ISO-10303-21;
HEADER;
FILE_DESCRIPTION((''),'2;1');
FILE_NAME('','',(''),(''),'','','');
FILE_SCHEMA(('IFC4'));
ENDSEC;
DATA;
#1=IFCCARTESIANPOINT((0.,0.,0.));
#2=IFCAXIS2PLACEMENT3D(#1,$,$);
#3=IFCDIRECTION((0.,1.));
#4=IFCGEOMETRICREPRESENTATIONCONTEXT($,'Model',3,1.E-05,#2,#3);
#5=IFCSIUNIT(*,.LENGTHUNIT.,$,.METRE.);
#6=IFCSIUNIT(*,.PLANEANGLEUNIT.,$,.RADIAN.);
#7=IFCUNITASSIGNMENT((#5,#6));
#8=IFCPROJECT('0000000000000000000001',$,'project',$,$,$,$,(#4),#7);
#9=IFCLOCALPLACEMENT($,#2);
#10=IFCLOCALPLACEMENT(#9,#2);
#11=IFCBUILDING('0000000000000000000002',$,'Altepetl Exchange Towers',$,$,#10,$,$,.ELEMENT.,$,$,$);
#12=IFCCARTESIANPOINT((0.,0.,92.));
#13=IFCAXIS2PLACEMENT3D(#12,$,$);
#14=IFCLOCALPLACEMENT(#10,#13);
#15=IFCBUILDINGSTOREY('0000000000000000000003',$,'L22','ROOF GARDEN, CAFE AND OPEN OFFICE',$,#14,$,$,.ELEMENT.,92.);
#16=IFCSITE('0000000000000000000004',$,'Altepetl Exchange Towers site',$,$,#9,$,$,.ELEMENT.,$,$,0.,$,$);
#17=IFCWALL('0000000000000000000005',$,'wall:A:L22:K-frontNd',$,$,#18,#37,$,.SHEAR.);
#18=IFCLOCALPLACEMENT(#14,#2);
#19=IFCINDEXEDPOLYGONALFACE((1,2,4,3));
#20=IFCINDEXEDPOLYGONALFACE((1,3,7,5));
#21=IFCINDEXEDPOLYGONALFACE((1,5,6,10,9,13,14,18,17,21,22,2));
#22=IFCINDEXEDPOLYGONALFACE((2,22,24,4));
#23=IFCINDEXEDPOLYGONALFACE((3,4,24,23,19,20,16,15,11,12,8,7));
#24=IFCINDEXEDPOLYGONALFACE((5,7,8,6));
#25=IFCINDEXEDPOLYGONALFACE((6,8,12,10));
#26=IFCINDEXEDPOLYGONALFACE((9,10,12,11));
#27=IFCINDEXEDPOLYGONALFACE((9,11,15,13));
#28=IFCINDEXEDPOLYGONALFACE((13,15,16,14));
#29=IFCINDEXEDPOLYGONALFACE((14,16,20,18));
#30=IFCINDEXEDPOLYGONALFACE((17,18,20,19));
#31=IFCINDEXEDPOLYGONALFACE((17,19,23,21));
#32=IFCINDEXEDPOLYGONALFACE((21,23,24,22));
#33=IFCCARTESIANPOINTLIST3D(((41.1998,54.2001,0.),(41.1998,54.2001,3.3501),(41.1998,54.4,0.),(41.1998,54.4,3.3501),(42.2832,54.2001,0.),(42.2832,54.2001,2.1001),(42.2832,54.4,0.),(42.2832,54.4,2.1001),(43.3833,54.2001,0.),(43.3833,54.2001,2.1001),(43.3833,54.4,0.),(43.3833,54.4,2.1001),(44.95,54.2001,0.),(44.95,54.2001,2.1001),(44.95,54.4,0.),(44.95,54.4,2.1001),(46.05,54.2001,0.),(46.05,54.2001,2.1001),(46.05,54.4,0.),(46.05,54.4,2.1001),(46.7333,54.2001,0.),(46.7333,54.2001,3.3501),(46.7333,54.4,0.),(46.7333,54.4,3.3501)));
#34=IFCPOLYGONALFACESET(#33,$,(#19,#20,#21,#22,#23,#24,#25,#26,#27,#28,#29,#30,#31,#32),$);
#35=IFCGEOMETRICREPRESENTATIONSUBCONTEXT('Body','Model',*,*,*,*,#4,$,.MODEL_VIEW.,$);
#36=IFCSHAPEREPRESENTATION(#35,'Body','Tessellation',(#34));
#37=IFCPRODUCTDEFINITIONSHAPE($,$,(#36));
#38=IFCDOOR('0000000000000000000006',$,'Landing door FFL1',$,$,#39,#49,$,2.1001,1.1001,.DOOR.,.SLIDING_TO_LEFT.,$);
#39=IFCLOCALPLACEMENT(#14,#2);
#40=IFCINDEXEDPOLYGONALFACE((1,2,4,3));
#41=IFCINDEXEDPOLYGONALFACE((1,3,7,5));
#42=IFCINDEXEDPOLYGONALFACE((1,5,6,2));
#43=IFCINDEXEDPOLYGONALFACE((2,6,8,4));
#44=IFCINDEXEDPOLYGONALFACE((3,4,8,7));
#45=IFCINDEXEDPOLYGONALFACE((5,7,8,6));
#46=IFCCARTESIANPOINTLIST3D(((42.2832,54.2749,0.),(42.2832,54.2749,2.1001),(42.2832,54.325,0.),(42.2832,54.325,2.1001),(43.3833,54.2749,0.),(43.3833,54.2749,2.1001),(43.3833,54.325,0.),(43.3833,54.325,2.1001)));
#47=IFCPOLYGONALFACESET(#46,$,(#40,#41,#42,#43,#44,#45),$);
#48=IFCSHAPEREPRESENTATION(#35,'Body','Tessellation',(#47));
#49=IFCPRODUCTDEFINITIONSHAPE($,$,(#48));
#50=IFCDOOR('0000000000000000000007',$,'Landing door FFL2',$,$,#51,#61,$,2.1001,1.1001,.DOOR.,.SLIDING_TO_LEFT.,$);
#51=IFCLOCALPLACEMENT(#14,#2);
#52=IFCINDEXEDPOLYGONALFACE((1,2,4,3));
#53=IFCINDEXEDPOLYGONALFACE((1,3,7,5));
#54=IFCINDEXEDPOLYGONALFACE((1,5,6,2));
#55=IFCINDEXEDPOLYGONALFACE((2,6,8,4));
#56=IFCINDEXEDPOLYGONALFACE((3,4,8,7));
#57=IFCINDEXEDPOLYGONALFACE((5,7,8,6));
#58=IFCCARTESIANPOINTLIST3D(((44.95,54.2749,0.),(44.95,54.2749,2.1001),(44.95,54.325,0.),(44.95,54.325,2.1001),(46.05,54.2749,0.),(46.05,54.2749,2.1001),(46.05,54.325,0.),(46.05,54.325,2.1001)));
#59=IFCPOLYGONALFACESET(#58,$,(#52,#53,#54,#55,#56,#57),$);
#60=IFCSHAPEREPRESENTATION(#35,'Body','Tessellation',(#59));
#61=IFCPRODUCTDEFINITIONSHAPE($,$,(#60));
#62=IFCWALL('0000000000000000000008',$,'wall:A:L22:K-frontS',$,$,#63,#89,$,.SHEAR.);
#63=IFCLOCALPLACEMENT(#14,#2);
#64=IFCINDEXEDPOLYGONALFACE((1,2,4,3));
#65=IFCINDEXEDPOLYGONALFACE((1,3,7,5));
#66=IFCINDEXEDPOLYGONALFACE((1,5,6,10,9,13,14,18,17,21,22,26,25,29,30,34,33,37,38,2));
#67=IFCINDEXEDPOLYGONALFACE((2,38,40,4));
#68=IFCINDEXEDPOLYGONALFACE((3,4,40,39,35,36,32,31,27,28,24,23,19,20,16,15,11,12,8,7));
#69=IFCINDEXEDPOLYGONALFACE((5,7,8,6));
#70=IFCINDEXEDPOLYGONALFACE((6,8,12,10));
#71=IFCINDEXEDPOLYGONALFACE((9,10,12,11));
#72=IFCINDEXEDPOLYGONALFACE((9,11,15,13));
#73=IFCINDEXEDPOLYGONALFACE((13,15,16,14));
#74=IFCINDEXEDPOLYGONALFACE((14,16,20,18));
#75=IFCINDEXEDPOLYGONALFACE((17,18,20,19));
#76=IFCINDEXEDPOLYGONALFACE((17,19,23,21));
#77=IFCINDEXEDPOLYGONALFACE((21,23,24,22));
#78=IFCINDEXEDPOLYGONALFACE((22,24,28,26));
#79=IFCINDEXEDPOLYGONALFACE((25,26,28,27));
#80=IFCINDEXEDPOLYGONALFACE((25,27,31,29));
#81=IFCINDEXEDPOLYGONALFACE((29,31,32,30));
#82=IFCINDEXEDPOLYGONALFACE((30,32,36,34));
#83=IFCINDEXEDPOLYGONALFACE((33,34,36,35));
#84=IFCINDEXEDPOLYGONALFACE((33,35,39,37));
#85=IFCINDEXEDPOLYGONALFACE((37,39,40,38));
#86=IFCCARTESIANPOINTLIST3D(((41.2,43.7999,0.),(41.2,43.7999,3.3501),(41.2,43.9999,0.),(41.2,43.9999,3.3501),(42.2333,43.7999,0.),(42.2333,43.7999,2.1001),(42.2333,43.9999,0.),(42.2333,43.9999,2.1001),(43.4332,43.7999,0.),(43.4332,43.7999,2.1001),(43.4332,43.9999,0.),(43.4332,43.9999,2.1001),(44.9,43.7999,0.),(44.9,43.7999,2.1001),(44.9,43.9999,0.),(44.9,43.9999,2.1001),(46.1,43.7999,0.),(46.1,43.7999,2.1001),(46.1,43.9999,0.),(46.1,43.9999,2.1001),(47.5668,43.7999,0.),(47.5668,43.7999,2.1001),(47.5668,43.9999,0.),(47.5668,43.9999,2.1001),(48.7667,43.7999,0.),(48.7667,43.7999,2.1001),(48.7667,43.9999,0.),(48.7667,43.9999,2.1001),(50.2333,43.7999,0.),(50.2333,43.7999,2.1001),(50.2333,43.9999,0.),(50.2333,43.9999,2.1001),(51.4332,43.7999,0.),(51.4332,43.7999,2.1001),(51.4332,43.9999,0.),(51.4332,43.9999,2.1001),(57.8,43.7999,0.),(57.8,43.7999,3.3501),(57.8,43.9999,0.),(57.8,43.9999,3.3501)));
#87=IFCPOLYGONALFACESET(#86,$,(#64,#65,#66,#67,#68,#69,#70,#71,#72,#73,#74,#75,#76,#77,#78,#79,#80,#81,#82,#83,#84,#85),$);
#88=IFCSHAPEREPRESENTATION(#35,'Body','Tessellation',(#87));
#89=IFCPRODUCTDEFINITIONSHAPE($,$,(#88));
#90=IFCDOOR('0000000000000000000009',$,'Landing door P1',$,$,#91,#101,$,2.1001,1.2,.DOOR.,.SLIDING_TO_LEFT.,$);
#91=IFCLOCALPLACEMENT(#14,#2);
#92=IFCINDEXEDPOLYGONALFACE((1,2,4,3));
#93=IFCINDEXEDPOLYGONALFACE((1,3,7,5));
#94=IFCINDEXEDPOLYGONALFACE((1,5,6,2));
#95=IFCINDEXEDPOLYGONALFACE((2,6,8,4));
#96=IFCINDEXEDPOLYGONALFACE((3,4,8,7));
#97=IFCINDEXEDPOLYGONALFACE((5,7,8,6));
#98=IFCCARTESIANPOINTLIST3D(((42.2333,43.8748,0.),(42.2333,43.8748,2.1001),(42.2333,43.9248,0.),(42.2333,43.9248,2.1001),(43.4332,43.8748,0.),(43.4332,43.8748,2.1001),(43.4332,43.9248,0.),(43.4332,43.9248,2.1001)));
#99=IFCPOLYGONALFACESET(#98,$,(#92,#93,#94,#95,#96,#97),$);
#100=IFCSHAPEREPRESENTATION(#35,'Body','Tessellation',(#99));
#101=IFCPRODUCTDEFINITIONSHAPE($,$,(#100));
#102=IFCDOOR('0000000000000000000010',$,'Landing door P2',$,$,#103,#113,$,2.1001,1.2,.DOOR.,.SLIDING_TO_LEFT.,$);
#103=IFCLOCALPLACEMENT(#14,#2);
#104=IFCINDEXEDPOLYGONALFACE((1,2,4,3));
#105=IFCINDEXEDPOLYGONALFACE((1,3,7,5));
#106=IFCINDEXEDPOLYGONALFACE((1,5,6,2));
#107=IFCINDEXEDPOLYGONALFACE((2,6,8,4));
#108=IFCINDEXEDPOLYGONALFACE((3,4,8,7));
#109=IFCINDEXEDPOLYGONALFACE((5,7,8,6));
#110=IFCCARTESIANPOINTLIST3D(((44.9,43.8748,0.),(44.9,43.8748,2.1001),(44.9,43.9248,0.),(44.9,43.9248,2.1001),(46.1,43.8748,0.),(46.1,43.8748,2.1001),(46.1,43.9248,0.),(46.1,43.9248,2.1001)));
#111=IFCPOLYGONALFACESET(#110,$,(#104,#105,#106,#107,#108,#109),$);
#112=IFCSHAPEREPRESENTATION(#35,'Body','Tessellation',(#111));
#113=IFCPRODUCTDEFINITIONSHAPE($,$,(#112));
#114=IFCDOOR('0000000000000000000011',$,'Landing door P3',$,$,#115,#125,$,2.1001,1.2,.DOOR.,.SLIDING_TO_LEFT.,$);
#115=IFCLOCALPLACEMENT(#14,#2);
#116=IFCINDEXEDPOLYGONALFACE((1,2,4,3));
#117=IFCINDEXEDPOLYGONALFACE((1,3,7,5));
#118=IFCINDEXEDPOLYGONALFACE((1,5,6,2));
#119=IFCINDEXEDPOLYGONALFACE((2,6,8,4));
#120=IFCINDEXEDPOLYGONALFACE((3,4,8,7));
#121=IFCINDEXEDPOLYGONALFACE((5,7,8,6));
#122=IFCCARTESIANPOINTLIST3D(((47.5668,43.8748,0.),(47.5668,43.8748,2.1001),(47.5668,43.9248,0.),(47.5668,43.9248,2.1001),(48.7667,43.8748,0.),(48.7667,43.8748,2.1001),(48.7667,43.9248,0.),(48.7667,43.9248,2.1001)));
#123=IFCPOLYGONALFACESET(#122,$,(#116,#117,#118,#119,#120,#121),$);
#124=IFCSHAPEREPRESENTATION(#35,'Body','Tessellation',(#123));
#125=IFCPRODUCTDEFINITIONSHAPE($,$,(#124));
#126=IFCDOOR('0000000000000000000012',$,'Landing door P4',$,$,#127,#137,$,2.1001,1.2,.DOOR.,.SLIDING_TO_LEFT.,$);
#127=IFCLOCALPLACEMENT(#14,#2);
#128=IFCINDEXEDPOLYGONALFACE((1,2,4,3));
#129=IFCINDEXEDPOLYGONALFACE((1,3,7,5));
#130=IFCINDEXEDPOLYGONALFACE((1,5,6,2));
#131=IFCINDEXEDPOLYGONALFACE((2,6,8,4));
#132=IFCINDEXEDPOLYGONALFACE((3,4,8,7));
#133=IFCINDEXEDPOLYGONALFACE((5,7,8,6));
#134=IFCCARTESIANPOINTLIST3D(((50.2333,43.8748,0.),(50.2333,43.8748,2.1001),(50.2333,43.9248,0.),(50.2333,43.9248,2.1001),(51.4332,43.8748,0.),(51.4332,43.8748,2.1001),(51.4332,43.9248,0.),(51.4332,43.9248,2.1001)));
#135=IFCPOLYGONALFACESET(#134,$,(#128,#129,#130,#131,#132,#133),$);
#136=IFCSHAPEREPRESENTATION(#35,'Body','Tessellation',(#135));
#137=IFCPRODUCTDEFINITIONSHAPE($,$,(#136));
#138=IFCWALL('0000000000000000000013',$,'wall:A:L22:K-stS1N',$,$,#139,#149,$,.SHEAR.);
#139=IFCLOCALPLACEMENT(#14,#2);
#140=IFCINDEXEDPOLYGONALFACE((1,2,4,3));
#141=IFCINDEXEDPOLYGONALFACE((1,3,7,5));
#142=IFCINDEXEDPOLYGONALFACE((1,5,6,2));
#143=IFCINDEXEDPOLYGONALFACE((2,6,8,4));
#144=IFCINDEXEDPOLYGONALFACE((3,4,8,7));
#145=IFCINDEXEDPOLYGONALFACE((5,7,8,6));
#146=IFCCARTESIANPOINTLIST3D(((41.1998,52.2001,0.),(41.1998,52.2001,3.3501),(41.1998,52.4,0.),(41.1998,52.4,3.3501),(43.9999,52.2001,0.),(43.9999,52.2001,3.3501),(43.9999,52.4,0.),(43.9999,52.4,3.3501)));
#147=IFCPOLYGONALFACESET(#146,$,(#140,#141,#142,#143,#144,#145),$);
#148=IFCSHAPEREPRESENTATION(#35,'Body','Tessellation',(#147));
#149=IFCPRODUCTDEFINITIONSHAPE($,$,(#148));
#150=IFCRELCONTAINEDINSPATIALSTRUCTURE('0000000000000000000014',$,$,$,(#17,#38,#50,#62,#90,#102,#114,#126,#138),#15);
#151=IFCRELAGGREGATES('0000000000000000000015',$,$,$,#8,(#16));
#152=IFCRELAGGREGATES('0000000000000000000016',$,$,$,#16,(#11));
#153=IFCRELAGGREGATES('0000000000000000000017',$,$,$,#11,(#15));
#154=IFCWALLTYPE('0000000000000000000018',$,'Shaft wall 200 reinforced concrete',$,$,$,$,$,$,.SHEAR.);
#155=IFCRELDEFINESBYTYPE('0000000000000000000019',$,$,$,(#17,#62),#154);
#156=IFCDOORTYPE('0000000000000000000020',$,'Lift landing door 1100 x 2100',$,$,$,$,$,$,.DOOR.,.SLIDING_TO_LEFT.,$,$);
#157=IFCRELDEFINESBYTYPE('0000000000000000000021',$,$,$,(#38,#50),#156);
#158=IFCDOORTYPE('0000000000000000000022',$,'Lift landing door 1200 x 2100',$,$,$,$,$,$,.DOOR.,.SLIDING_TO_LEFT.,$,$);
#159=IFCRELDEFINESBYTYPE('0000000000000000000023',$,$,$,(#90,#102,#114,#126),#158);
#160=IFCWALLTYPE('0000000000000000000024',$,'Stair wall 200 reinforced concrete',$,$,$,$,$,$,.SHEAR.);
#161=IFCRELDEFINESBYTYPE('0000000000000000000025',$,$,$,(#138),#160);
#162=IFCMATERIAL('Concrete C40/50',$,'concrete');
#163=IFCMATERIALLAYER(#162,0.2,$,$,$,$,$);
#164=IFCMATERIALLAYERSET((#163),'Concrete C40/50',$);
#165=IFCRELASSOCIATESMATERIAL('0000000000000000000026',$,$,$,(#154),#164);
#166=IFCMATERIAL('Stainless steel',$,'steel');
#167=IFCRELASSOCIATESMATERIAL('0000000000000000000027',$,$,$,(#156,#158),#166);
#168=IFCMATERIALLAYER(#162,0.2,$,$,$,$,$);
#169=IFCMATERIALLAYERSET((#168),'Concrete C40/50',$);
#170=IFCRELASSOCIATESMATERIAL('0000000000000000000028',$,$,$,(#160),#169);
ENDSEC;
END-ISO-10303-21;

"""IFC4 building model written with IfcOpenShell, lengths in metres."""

from ifc_helpers import new_model, si_unit, direction, frame, frame_2d, origin, place, context, subcontext, project, spatial, rectangle, extrude, material, layer, layer_set, type_object, element, fill, save


model = new_model("IFC4")

# Units and contexts
model_context = context("Model", 3, precision=1e-05, world=origin(), true_north=direction((0.0, 1.0)))
body_context = subcontext(model_context, "Body", "Model", "MODEL_VIEW")
ifc_project = project(units=[si_unit("LENGTHUNIT", "METRE"), si_unit("PLANEANGLEUNIT", "RADIAN")], contexts=[model_context])

# Site, building, storey
site_placement = place(None, origin())
site = spatial("IfcSite", under=ifc_project, at=site_placement, Name="Altepetl Exchange Towers site", CompositionType="ELEMENT", RefElevation=0.0)
building_placement = place(site_placement, origin())
building = spatial("IfcBuilding", under=site, at=building_placement, Name="Altepetl Exchange Towers", CompositionType="ELEMENT")
storey_placement = place(building_placement, frame((0.0, 0.0, 92.0)))
storey = spatial("IfcBuildingStorey", under=building, at=storey_placement, Name="L22", Description="ROOF GARDEN, CAFE AND OPEN OFFICE", CompositionType="ELEMENT", Elevation=92.0)

# Walls, openings, doors
ifc_material_1 = material(Name="Concrete C40/50", Category="concrete")
ifc_layer_1 = layer(ifc_material_1, 0.2)
ifc_layer_set_1 = layer_set([ifc_layer_1], Name="Concrete C40/50")
wall_type_1 = type_object("IfcWallType", Name="Shaft wall 200 reinforced concrete", PredefinedType="SHEAR", material=ifc_layer_set_1)
wall_1_placement = place(storey_placement, frame((41.2, 54.3, 0.0)))
wall_1 = element("IfcWall", 1, at=wall_1_placement, inside=storey, type_object=wall_type_1, Name="wall:A:L22:K-frontNd", PredefinedType="SHEAR", context=body_context, shape_type="SweptSolid", body=[
    extrude(rectangle(XDim=5.5334, YDim=0.2, at=frame_2d((2.7666, 0.0))), origin(), (0.0, 0.0, 1.0), 3.3501),
])
opening_1_placement = place(wall_1_placement, frame((1.0833, 0.0, 0.0)))
opening_1 = element("IfcOpeningElement", 2, at=opening_1_placement, cuts=wall_1, PredefinedType="OPENING", context=body_context, shape_type="SweptSolid", body=[
    extrude(rectangle(XDim=1.1001, YDim=2.1001, at=frame_2d((0.55, 1.05))), frame((0.0, 0.1099, 0.0), z_axis=(0.0, -1.0, 0.0), x_axis=(1.0, 0.0, 0.0)), (0.0, 0.0, 1.0), 0.22),
])
opening_2_placement = place(wall_1_placement, frame((3.75, 0.0, 0.0)))
opening_2 = element("IfcOpeningElement", 3, at=opening_2_placement, cuts=wall_1, PredefinedType="OPENING", context=body_context, shape_type="SweptSolid", body=[
    extrude(rectangle(XDim=1.1001, YDim=2.1001, at=frame_2d((0.55, 1.05))), frame((0.0, 0.1099, 0.0), z_axis=(0.0, -1.0, 0.0), x_axis=(1.0, 0.0, 0.0)), (0.0, 0.0, 1.0), 0.22),
])
ifc_material_2 = material(Name="Stainless steel", Category="steel")
door_type_1 = type_object("IfcDoorType", Name="Lift landing door 1100 x 2100", OperationType="SLIDING_TO_LEFT", PredefinedType="DOOR", material=ifc_material_2)
door_1_placement = place(opening_1_placement, origin())
door_1 = element("IfcDoor", 4, at=door_1_placement, inside=storey, type_object=door_type_1, Name="Landing door FFL1", OperationType="SLIDING_TO_LEFT", OverallHeight=2.1001, OverallWidth=1.1001, PredefinedType="DOOR", context=body_context, shape_type="SweptSolid", body=[
    extrude(rectangle(XDim=1.1001, YDim=2.1001, at=frame_2d((0.55, 1.05))), frame((0.0, 0.0249, 0.0), z_axis=(0.0, -1.0, 0.0), x_axis=(1.0, 0.0, 0.0)), (0.0, 0.0, 1.0), 0.05),
])
fill(opening_1, door_1)
door_2_placement = place(opening_2_placement, origin())
door_2 = element("IfcDoor", 5, at=door_2_placement, inside=storey, type_object=door_type_1, Name="Landing door FFL2", OperationType="SLIDING_TO_LEFT", OverallHeight=2.1001, OverallWidth=1.1001, PredefinedType="DOOR", context=body_context, shape_type="SweptSolid", body=[
    extrude(rectangle(XDim=1.1001, YDim=2.1001, at=frame_2d((0.55, 1.05))), frame((0.0, 0.0249, 0.0), z_axis=(0.0, -1.0, 0.0), x_axis=(1.0, 0.0, 0.0)), (0.0, 0.0, 1.0), 0.05),
])
fill(opening_2, door_2)
wall_2_placement = place(storey_placement, frame((41.2, 43.8999, 0.0)))
wall_2 = element("IfcWall", 6, at=wall_2_placement, inside=storey, type_object=wall_type_1, Name="wall:A:L22:K-frontS", PredefinedType="SHEAR", context=body_context, shape_type="SweptSolid", body=[
    extrude(rectangle(XDim=16.6001, YDim=0.2, at=frame_2d((8.3, 0.0))), origin(), (0.0, 0.0, 1.0), 3.3501),
])
opening_3_placement = place(wall_2_placement, frame((1.0332, 0.0, 0.0)))
opening_3 = element("IfcOpeningElement", 7, at=opening_3_placement, cuts=wall_2, PredefinedType="OPENING", context=body_context, shape_type="SweptSolid", body=[
    extrude(rectangle(XDim=1.2, YDim=2.1001, at=frame_2d((0.6001, 1.05))), frame((0.0, 0.1099, 0.0), z_axis=(0.0, -1.0, 0.0), x_axis=(1.0, 0.0, 0.0)), (0.0, 0.0, 1.0), 0.22),
])
opening_4_placement = place(wall_2_placement, frame((3.7, 0.0, 0.0)))
opening_4 = element("IfcOpeningElement", 8, at=opening_4_placement, cuts=wall_2, PredefinedType="OPENING", context=body_context, shape_type="SweptSolid", body=[
    extrude(rectangle(XDim=1.2, YDim=2.1001, at=frame_2d((0.6001, 1.05))), frame((0.0, 0.1099, 0.0), z_axis=(0.0, -1.0, 0.0), x_axis=(1.0, 0.0, 0.0)), (0.0, 0.0, 1.0), 0.22),
])
opening_5_placement = place(wall_2_placement, frame((6.3667, 0.0, 0.0)))
opening_5 = element("IfcOpeningElement", 9, at=opening_5_placement, cuts=wall_2, PredefinedType="OPENING", context=body_context, shape_type="SweptSolid", body=[
    extrude(rectangle(XDim=1.2, YDim=2.1001, at=frame_2d((0.6001, 1.05))), frame((0.0, 0.1099, 0.0), z_axis=(0.0, -1.0, 0.0), x_axis=(1.0, 0.0, 0.0)), (0.0, 0.0, 1.0), 0.22),
])
opening_6_placement = place(wall_2_placement, frame((9.0332, 0.0, 0.0)))
opening_6 = element("IfcOpeningElement", 10, at=opening_6_placement, cuts=wall_2, PredefinedType="OPENING", context=body_context, shape_type="SweptSolid", body=[
    extrude(rectangle(XDim=1.2, YDim=2.1001, at=frame_2d((0.6001, 1.05))), frame((0.0, 0.1099, 0.0), z_axis=(0.0, -1.0, 0.0), x_axis=(1.0, 0.0, 0.0)), (0.0, 0.0, 1.0), 0.22),
])
door_type_2 = type_object("IfcDoorType", Name="Lift landing door 1200 x 2100", OperationType="SLIDING_TO_LEFT", PredefinedType="DOOR", material=ifc_material_2)
door_3_placement = place(opening_3_placement, origin())
door_3 = element("IfcDoor", 11, at=door_3_placement, inside=storey, type_object=door_type_2, Name="Landing door P1", OperationType="SLIDING_TO_LEFT", OverallHeight=2.1001, OverallWidth=1.2, PredefinedType="DOOR", context=body_context, shape_type="SweptSolid", body=[
    extrude(rectangle(XDim=1.2, YDim=2.1001, at=frame_2d((0.6001, 1.05))), frame((0.0, 0.0249, 0.0), z_axis=(0.0, -1.0, 0.0), x_axis=(1.0, 0.0, 0.0)), (0.0, 0.0, 1.0), 0.05),
])
fill(opening_3, door_3)
door_4_placement = place(opening_4_placement, origin())
door_4 = element("IfcDoor", 12, at=door_4_placement, inside=storey, type_object=door_type_2, Name="Landing door P2", OperationType="SLIDING_TO_LEFT", OverallHeight=2.1001, OverallWidth=1.2, PredefinedType="DOOR", context=body_context, shape_type="SweptSolid", body=[
    extrude(rectangle(XDim=1.2, YDim=2.1001, at=frame_2d((0.6001, 1.05))), frame((0.0, 0.0249, 0.0), z_axis=(0.0, -1.0, 0.0), x_axis=(1.0, 0.0, 0.0)), (0.0, 0.0, 1.0), 0.05),
])
fill(opening_4, door_4)
door_5_placement = place(opening_5_placement, origin())
door_5 = element("IfcDoor", 13, at=door_5_placement, inside=storey, type_object=door_type_2, Name="Landing door P3", OperationType="SLIDING_TO_LEFT", OverallHeight=2.1001, OverallWidth=1.2, PredefinedType="DOOR", context=body_context, shape_type="SweptSolid", body=[
    extrude(rectangle(XDim=1.2, YDim=2.1001, at=frame_2d((0.6001, 1.05))), frame((0.0, 0.0249, 0.0), z_axis=(0.0, -1.0, 0.0), x_axis=(1.0, 0.0, 0.0)), (0.0, 0.0, 1.0), 0.05),
])
fill(opening_5, door_5)
door_6_placement = place(opening_6_placement, origin())
door_6 = element("IfcDoor", 14, at=door_6_placement, inside=storey, type_object=door_type_2, Name="Landing door P4", OperationType="SLIDING_TO_LEFT", OverallHeight=2.1001, OverallWidth=1.2, PredefinedType="DOOR", context=body_context, shape_type="SweptSolid", body=[
    extrude(rectangle(XDim=1.2, YDim=2.1001, at=frame_2d((0.6001, 1.05))), frame((0.0, 0.0249, 0.0), z_axis=(0.0, -1.0, 0.0), x_axis=(1.0, 0.0, 0.0)), (0.0, 0.0, 1.0), 0.05),
])
fill(opening_6, door_6)

# Wall
ifc_layer_2 = layer(ifc_material_1, 0.2)
ifc_layer_set_2 = layer_set([ifc_layer_2], Name="Concrete C40/50")
wall_type_2 = type_object("IfcWallType", Name="Stair wall 200 reinforced concrete", PredefinedType="SHEAR", material=ifc_layer_set_2)
wall_3_placement = place(storey_placement, frame((41.2, 52.3, 0.0)))
element("IfcWall", 15, at=wall_3_placement, inside=storey, type_object=wall_type_2, Name="wall:A:L22:K-stS1N", PredefinedType="SHEAR", context=body_context, shape_type="SweptSolid", body=[
    extrude(rectangle(XDim=2.8, YDim=0.2, at=frame_2d((1.3999, 0.0))), origin(), (0.0, 0.0, 1.0), 3.3501),
])

save(model, "model.ifc")
